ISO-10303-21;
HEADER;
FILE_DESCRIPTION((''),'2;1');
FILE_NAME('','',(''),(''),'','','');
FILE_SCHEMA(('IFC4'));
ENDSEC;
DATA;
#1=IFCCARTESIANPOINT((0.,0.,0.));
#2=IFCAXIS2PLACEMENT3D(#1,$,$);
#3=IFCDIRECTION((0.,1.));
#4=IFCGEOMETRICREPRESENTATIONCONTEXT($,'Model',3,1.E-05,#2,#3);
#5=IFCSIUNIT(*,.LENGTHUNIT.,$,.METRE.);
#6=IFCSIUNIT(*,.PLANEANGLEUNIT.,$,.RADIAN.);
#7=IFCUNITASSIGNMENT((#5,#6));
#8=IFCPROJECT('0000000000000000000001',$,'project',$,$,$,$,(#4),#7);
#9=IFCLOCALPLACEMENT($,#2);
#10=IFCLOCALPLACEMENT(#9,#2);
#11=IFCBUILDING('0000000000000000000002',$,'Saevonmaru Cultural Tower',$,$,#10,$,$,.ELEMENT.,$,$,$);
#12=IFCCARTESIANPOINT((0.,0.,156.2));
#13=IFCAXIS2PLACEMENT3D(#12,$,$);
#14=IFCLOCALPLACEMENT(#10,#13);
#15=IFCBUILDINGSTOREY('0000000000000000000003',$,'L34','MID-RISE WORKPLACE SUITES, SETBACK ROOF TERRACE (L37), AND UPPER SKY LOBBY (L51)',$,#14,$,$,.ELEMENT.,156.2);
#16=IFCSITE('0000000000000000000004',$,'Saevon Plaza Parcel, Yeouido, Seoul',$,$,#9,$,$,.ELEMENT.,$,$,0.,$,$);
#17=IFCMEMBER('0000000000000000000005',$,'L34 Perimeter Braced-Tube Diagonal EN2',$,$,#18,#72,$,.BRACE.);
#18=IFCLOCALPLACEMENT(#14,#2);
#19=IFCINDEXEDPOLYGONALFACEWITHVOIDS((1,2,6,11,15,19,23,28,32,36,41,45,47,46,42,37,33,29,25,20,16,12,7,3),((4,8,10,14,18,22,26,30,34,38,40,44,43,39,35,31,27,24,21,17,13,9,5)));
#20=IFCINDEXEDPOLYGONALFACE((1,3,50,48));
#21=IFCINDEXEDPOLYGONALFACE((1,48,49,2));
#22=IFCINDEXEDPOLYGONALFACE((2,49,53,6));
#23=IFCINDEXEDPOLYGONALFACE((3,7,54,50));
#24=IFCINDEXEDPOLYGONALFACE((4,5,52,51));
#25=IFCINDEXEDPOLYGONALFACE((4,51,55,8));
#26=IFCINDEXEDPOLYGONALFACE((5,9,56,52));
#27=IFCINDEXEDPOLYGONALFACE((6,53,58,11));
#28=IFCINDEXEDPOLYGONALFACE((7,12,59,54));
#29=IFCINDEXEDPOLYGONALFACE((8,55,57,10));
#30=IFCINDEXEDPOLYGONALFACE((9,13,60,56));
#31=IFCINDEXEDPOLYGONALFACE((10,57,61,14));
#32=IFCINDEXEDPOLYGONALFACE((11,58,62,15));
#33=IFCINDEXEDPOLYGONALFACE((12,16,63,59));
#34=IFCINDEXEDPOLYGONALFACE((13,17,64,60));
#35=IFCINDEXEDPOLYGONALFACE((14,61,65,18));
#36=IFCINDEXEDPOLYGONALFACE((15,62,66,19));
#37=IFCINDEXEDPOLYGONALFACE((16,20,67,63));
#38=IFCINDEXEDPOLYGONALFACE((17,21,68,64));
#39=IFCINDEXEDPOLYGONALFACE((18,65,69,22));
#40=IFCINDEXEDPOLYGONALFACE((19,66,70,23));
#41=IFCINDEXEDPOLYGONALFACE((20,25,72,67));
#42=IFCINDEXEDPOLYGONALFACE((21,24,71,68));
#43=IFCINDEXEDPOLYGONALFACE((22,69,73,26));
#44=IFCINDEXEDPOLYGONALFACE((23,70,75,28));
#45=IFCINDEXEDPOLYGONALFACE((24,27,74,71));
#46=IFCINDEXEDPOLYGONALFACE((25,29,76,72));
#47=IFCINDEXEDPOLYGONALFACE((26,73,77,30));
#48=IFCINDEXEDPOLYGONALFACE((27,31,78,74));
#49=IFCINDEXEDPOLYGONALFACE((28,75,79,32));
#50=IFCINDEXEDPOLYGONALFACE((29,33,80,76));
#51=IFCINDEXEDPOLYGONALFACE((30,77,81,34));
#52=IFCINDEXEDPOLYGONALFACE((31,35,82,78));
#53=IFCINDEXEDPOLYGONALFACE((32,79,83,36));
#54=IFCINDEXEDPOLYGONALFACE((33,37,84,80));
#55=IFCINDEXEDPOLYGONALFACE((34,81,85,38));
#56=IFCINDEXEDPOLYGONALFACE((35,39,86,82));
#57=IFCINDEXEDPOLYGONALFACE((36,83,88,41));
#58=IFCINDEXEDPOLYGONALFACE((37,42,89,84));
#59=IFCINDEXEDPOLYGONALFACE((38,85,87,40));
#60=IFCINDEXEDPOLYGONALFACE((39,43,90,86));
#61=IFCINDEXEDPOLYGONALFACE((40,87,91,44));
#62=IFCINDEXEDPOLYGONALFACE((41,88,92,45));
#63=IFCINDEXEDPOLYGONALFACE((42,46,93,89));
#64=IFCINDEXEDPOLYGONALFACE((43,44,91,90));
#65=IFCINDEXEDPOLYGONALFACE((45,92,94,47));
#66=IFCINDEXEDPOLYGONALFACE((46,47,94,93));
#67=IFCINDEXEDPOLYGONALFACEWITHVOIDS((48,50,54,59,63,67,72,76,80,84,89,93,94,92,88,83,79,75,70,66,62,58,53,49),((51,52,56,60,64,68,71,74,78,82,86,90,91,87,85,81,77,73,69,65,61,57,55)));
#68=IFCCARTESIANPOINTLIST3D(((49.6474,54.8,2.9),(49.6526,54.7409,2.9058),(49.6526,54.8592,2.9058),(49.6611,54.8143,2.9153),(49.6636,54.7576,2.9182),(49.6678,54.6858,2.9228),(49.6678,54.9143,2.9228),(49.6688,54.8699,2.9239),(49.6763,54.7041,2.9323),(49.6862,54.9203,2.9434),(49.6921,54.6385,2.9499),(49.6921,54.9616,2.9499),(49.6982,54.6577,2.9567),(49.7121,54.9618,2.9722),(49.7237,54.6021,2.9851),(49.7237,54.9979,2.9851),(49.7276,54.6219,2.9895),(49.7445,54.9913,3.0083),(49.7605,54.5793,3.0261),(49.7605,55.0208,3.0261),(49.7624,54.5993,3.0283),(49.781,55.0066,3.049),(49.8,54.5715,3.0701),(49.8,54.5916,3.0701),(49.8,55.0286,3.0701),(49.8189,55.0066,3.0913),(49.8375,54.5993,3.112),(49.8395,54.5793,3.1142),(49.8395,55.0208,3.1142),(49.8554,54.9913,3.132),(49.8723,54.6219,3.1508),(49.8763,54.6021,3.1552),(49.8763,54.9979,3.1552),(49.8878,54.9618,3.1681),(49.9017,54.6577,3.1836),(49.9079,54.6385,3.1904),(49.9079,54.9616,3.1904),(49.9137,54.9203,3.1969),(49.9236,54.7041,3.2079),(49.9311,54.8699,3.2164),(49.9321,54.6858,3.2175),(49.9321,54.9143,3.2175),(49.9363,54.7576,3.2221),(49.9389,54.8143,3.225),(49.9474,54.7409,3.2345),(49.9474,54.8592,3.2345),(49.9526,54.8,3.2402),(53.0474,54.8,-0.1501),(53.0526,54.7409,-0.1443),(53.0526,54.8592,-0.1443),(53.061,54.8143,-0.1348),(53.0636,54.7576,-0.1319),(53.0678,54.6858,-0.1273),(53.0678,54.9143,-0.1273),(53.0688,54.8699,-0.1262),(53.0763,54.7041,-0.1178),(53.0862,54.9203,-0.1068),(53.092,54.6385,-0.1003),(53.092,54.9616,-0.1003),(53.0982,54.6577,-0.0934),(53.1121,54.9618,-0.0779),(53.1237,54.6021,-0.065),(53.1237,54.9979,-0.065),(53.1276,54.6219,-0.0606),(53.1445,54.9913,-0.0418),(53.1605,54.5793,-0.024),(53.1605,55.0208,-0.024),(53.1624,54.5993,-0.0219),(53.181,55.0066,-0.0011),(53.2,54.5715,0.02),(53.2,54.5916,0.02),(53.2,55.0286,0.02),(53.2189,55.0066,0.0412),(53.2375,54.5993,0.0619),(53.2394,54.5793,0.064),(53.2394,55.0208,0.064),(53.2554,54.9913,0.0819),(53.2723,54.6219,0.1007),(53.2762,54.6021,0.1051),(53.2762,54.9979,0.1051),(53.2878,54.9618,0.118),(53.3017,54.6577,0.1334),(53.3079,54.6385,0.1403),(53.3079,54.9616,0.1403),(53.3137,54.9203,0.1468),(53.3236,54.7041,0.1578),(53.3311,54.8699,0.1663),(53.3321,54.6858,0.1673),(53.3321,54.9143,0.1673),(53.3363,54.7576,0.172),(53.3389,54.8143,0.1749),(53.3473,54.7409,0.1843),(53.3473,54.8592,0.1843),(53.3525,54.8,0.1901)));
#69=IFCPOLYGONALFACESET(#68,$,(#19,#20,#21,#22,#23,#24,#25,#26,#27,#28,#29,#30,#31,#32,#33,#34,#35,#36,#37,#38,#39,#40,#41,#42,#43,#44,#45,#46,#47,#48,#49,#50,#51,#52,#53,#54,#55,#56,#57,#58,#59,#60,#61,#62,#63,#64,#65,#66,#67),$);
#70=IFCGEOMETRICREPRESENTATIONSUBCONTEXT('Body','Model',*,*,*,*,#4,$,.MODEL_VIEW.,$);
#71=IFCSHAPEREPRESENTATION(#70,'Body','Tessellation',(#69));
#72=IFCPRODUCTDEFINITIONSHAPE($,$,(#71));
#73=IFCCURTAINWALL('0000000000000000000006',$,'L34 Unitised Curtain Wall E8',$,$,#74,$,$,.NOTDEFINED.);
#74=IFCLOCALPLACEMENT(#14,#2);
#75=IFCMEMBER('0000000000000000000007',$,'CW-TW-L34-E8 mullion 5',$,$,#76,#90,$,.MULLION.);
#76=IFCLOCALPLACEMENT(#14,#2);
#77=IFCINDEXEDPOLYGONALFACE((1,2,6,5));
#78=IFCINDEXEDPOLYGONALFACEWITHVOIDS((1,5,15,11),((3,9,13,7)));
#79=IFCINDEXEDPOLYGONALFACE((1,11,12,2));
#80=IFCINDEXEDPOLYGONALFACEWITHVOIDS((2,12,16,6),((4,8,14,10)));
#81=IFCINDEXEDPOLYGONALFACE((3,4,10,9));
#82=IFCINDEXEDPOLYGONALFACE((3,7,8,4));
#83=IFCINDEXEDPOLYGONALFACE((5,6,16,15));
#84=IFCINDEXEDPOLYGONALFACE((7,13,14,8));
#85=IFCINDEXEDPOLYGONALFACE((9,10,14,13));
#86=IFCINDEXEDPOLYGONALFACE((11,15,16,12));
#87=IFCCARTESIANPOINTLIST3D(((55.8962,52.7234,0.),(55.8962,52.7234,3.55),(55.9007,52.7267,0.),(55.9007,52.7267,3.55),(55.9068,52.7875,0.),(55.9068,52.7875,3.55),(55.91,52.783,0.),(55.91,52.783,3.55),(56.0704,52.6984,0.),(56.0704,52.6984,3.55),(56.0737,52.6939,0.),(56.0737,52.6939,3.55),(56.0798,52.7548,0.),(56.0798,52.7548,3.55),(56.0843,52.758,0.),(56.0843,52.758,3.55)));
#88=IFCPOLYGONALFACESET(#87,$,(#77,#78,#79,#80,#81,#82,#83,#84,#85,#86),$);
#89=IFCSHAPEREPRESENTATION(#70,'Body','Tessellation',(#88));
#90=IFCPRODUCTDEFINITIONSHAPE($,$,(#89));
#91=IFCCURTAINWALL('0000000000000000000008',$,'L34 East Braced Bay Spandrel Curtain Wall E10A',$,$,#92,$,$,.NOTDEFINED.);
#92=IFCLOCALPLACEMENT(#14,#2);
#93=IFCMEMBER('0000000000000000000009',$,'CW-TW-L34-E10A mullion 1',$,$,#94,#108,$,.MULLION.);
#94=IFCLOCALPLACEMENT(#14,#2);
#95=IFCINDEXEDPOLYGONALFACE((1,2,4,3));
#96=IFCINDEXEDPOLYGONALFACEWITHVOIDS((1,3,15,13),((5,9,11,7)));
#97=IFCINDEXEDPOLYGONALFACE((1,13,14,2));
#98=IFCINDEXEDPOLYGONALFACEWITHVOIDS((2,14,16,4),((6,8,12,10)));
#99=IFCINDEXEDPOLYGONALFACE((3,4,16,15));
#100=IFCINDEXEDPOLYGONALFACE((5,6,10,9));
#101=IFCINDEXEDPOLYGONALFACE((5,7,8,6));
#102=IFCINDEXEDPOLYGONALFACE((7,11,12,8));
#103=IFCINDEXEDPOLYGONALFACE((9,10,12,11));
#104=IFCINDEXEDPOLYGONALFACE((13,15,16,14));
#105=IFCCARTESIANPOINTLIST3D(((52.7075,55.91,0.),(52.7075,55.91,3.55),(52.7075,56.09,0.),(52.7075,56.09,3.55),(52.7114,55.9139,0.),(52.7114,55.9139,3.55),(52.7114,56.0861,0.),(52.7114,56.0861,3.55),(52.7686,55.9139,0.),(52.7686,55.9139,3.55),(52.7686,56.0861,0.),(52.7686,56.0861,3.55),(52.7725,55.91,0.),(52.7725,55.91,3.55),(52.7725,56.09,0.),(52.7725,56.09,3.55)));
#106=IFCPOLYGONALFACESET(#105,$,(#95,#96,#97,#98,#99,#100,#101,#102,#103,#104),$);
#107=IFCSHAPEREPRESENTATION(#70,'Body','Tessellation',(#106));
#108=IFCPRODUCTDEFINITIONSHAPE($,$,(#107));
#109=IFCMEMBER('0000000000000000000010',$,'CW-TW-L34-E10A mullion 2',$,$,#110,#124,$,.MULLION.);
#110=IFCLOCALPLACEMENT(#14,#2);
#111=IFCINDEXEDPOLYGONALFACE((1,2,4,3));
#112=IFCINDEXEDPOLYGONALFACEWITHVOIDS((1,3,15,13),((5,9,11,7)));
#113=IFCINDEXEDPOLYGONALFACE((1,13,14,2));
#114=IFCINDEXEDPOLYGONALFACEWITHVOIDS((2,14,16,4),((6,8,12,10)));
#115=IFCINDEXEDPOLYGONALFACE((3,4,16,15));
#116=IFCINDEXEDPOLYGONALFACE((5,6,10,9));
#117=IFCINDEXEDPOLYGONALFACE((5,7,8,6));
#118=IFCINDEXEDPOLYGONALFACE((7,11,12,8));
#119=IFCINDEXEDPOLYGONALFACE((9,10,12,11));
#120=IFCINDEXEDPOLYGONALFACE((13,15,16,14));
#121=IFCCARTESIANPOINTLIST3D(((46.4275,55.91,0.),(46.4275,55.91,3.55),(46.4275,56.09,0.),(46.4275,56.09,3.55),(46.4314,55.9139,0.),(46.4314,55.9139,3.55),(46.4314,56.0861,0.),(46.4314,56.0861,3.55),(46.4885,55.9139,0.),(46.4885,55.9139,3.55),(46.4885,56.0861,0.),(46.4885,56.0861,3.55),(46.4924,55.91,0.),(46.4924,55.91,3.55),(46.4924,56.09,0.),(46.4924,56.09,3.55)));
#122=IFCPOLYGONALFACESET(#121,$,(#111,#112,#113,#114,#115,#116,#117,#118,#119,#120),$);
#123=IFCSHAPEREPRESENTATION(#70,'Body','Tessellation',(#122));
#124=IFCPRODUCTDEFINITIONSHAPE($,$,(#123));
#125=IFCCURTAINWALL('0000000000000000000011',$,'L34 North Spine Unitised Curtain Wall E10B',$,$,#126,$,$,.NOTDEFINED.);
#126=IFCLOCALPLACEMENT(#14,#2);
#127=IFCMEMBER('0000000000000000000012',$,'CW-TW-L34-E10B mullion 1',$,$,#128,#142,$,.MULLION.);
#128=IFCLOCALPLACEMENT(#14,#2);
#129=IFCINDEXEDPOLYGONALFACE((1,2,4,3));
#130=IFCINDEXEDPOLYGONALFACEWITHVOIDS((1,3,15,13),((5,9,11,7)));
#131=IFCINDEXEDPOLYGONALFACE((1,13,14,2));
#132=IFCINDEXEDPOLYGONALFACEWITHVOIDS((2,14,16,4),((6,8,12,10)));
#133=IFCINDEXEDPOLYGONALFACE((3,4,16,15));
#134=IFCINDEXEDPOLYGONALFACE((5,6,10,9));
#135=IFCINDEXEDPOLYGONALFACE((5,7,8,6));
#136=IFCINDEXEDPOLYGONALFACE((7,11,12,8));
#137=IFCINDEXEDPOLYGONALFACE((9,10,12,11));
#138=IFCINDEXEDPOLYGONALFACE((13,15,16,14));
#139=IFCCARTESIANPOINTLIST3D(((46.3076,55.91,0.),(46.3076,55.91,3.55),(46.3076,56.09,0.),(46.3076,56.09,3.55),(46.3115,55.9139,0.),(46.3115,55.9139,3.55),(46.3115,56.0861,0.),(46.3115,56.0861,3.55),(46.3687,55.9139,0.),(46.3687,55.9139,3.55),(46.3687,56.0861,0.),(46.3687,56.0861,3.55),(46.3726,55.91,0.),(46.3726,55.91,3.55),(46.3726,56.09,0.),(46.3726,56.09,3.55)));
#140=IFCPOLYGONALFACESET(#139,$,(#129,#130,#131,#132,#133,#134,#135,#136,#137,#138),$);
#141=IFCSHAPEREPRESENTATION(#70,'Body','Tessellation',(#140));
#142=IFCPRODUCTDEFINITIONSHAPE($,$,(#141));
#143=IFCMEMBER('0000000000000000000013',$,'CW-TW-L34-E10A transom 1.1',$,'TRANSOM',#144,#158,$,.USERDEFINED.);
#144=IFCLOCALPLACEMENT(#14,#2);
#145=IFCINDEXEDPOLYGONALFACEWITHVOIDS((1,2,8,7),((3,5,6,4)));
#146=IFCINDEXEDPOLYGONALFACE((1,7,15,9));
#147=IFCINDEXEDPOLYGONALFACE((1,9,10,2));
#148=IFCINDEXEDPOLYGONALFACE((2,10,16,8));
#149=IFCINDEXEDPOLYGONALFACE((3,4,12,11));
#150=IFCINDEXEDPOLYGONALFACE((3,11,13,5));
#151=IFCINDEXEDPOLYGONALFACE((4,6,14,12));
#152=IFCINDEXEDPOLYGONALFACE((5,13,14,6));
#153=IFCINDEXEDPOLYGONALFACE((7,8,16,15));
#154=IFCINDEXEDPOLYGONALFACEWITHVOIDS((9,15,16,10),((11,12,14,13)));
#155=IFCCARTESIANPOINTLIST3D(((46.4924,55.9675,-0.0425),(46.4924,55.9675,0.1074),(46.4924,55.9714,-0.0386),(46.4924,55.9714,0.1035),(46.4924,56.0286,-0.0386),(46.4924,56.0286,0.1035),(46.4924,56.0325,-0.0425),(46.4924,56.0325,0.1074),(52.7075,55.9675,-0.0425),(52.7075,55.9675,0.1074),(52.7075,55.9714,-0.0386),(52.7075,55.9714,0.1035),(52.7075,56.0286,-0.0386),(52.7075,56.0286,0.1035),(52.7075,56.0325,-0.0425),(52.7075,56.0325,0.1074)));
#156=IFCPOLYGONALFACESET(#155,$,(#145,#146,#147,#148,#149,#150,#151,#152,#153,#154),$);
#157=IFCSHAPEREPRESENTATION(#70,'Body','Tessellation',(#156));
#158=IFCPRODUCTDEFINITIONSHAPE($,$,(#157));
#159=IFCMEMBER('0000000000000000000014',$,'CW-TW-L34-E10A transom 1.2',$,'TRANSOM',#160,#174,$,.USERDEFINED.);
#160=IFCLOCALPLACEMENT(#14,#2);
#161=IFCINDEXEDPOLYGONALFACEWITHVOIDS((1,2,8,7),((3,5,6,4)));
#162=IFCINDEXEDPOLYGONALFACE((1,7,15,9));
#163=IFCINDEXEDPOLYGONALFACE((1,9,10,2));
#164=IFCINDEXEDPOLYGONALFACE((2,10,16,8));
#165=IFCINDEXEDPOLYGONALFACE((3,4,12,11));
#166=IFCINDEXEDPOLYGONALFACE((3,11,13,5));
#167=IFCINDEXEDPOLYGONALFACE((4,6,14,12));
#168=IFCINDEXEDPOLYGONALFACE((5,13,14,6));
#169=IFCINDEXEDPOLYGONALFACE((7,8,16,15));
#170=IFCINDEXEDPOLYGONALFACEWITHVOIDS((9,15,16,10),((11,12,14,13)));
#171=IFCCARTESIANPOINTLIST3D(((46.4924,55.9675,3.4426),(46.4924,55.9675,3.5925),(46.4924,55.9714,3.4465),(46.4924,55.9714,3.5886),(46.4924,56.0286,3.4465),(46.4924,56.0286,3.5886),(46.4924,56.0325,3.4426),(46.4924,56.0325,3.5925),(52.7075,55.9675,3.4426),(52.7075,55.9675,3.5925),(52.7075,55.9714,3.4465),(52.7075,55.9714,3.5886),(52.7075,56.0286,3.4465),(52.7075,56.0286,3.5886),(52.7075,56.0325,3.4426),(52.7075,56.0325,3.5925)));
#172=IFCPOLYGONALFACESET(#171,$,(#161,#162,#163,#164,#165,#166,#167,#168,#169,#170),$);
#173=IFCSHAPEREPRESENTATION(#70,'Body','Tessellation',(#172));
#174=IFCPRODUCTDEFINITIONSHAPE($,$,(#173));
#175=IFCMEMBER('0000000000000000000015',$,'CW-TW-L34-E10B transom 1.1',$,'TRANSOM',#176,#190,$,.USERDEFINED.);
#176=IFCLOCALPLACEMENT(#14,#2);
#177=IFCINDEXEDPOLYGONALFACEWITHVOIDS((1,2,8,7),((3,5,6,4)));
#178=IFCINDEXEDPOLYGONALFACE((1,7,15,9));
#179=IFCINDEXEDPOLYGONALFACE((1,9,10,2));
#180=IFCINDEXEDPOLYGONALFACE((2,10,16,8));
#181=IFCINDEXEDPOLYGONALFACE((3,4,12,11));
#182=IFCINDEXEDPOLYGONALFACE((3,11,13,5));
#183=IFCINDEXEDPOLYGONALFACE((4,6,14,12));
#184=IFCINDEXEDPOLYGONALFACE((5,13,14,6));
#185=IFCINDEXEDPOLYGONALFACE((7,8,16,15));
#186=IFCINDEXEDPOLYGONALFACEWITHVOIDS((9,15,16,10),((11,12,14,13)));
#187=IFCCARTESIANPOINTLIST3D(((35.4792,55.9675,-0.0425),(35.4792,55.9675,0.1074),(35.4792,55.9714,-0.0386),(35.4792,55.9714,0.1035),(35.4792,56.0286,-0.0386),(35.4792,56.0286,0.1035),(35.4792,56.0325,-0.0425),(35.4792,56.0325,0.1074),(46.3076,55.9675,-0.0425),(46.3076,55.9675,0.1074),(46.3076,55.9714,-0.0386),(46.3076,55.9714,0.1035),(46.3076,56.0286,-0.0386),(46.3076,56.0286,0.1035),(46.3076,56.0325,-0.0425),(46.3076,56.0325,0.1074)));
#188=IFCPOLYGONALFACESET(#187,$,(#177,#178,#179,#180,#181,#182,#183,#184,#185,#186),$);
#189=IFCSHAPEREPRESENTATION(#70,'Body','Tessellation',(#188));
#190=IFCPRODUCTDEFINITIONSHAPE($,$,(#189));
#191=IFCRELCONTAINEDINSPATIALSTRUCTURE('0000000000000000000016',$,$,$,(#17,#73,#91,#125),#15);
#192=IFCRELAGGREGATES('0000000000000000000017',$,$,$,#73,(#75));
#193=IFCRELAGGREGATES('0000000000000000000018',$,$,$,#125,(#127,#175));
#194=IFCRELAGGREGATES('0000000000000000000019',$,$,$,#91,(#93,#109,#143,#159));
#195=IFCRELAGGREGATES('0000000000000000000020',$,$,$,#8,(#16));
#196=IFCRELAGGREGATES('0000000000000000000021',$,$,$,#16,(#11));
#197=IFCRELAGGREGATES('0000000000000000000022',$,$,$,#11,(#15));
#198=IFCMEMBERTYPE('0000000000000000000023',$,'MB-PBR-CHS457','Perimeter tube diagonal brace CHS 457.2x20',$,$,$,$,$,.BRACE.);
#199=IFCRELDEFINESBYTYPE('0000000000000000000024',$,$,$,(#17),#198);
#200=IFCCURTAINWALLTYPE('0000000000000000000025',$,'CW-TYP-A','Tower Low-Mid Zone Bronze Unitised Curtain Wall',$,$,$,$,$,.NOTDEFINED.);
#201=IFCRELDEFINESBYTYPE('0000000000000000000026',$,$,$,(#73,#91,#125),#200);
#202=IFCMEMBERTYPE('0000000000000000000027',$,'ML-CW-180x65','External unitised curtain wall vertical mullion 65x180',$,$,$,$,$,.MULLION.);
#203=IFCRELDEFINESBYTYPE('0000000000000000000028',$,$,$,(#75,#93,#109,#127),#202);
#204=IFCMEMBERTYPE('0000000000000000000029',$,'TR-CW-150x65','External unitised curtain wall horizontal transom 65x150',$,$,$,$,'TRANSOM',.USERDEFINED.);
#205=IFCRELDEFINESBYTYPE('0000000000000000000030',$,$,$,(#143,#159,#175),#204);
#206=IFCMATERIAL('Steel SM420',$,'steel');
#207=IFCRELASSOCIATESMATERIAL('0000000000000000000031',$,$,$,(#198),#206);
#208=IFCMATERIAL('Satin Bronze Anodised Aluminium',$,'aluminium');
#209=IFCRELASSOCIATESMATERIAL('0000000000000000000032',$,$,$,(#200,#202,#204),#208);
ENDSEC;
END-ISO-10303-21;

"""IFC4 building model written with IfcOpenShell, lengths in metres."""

from ifc_helpers import new_model, si_unit, direction, frame, origin, origin_2d, place, context, subcontext, project, spatial, hollow_rectangle, hollow_circle, extrude, material, material_profile, profile_set, type_object, element, aggregate, save


model = new_model("IFC4")

# Units and contexts
model_context = context("Model", 3, precision=1e-05, world=origin(), true_north=direction((0.0, 1.0)))
body_context = subcontext(model_context, "Body", "Model", "MODEL_VIEW")
ifc_project = project(units=[si_unit("LENGTHUNIT", "METRE"), si_unit("PLANEANGLEUNIT", "RADIAN")], contexts=[model_context])

# Site, building, storey
site_placement = place(None, origin())
site = spatial("IfcSite", under=ifc_project, at=site_placement, Name="Saevon Plaza Parcel, Yeouido, Seoul", CompositionType="ELEMENT", RefElevation=0.0)
building_placement = place(site_placement, origin())
building = spatial("IfcBuilding", under=site, at=building_placement, Name="Saevonmaru Cultural Tower", CompositionType="ELEMENT")
storey_placement = place(building_placement, frame((0.0, 0.0, 156.2)))
storey = spatial("IfcBuildingStorey", under=building, at=storey_placement, Name="L34", Description="MID-RISE WORKPLACE SUITES, SETBACK ROOF TERRACE (L37), AND UPPER SKY LOBBY (L51)", CompositionType="ELEMENT", Elevation=156.2)

# Shared definitions
ifc_material_1 = material(Name="Steel SM420", Category="steel")

# Member
ifc_material_profile_1 = material_profile(ifc_material_1, hollow_circle(Radius=0.2285, WallThickness=0.02, at=origin_2d()), Name="CHS-457.2x20")
ifc_profile_set_1 = profile_set([ifc_material_profile_1], Name="Steel SM420")
member_type_1 = type_object("IfcMemberType", Name="MB-PBR-CHS457", Description="Perimeter tube diagonal brace CHS 457.2x20", PredefinedType="BRACE", material=ifc_profile_set_1)
for number, where, z_axis, x_axis, name in (
    (1, (53.2, 54.8, 0.02), (-0.744367, 0.0, 0.667771), (0.0, -1.0, 0.0), "L34 Perimeter Braced-Tube Diagonal EN2"),
):
    element("IfcMember", number, at=place(storey_placement, frame(where, z_axis=z_axis, x_axis=x_axis)), inside=storey, type_object=member_type_1, Name=name, PredefinedType="BRACE", context=body_context, shape_type="SweptSolid", body=[
        extrude(hollow_circle(Radius=0.2285, WallThickness=0.02, at=origin_2d()), origin(), (0.0, 0.0, 1.0), 4.5676),
    ])

# Curtain wall, member
ifc_material_2 = material(Name="Satin Bronze Anodised Aluminium", Category="aluminium")
curtain_wall_type = type_object("IfcCurtainWallType", Name="CW-TYP-A", Description="Tower Low-Mid Zone Bronze Unitised Curtain Wall", PredefinedType="NOTDEFINED", material=ifc_material_2)
curtain_wall_1_placement = place(storey_placement, origin())
curtain_wall_1 = element("IfcCurtainWall", 2, at=curtain_wall_1_placement, inside=storey, type_object=curtain_wall_type, Name="L34 Unitised Curtain Wall E8", PredefinedType="NOTDEFINED")
ifc_material_profile_2 = material_profile(ifc_material_2, hollow_rectangle(XDim=0.0649, YDim=0.1799, WallThickness=0.0039, at=origin_2d()), Name="ALU-MULL-180x65x4")
ifc_profile_set_2 = profile_set([ifc_material_profile_2], Name="Satin Bronze Anodised Aluminium")
member_type_2 = type_object("IfcMemberType", Name="ML-CW-180x65", Description="External unitised curtain wall vertical mullion 65x180", PredefinedType="MULLION", material=ifc_profile_set_2)
member_1_placement = place(storey_placement, frame((55.9902, 52.7407, 0.0), z_axis=(0.0, 0.0, 1.0), x_axis=(0.163999, 0.986461, 0.0)))
member_1 = element("IfcMember", 3, at=member_1_placement, type_object=member_type_2, Name="CW-TW-L34-E8 mullion 5", PredefinedType="MULLION", context=body_context, shape_type="SweptSolid", body=[
    extrude(hollow_rectangle(XDim=0.0649, YDim=0.1799, WallThickness=0.0039, at=origin_2d()), origin(), (0.0, 0.0, 1.0), 3.55),
])
aggregate(curtain_wall_1, [member_1])

# Curtain wall, members
curtain_wall_2_placement = place(storey_placement, origin())
curtain_wall_2 = element("IfcCurtainWall", 4, at=curtain_wall_2_placement, inside=storey, type_object=curtain_wall_type, Name="L34 East Braced Bay Spandrel Curtain Wall E10A", PredefinedType="NOTDEFINED")
member_2_placement = place(storey_placement, frame((52.74, 56.0, 0.0), z_axis=(0.0, 0.0, 1.0), x_axis=(-1.0, 0.0, 0.0)))
member_2 = element("IfcMember", 5, at=member_2_placement, type_object=member_type_2, Name="CW-TW-L34-E10A mullion 1", PredefinedType="MULLION", context=body_context, shape_type="SweptSolid", body=[
    extrude(hollow_rectangle(XDim=0.0649, YDim=0.1799, WallThickness=0.0039, at=origin_2d()), origin(), (0.0, 0.0, 1.0), 3.55),
])
member_3_placement = place(storey_placement, frame((46.46, 56.0, 0.0), z_axis=(0.0, 0.0, 1.0), x_axis=(-1.0, 0.0, 0.0)))
member_3 = element("IfcMember", 6, at=member_3_placement, type_object=member_type_2, Name="CW-TW-L34-E10A mullion 2", PredefinedType="MULLION", context=body_context, shape_type="SweptSolid", body=[
    extrude(hollow_rectangle(XDim=0.0649, YDim=0.1799, WallThickness=0.0039, at=origin_2d()), origin(), (0.0, 0.0, 1.0), 3.55),
])

# Curtain wall, member
curtain_wall_3_placement = place(storey_placement, origin())
curtain_wall_3 = element("IfcCurtainWall", 7, at=curtain_wall_3_placement, inside=storey, type_object=curtain_wall_type, Name="L34 North Spine Unitised Curtain Wall E10B", PredefinedType="NOTDEFINED")
member_4_placement = place(storey_placement, frame((46.3401, 56.0, 0.0), z_axis=(0.0, 0.0, 1.0), x_axis=(-1.0, 0.0, 0.0)))
member_4 = element("IfcMember", 8, at=member_4_placement, type_object=member_type_2, Name="CW-TW-L34-E10B mullion 1", PredefinedType="MULLION", context=body_context, shape_type="SweptSolid", body=[
    extrude(hollow_rectangle(XDim=0.0649, YDim=0.1799, WallThickness=0.0039, at=origin_2d()), origin(), (0.0, 0.0, 1.0), 3.55),
])

# Members
ifc_material_profile_3 = material_profile(ifc_material_2, hollow_rectangle(XDim=0.0649, YDim=0.1499, WallThickness=0.0039, at=origin_2d()), Name="ALU-TRAN-150x65x4")
ifc_profile_set_3 = profile_set([ifc_material_profile_3], Name="Satin Bronze Anodised Aluminium")
member_type_3 = type_object("IfcMemberType", Name="TR-CW-150x65", Description="External unitised curtain wall horizontal transom 65x150", ElementType="TRANSOM", PredefinedType="USERDEFINED", material=ifc_profile_set_3)
member_5_placement = place(storey_placement, frame((52.7075, 56.0, 0.0325), z_axis=(-1.0, 0.0, 0.0), x_axis=(0.0, -1.0, 0.0)))
member_5 = element("IfcMember", 9, at=member_5_placement, type_object=member_type_3, Name="CW-TW-L34-E10A transom 1.1", ObjectType="TRANSOM", PredefinedType="USERDEFINED", context=body_context, shape_type="SweptSolid", body=[
    extrude(hollow_rectangle(XDim=0.0649, YDim=0.1499, WallThickness=0.0039, at=origin_2d()), origin(), (0.0, 0.0, 1.0), 6.2151),
])
member_6_placement = place(storey_placement, frame((52.7075, 56.0, 3.5176), z_axis=(-1.0, 0.0, 0.0), x_axis=(0.0, -1.0, 0.0)))
member_6 = element("IfcMember", 10, at=member_6_placement, type_object=member_type_3, Name="CW-TW-L34-E10A transom 1.2", ObjectType="TRANSOM", PredefinedType="USERDEFINED", context=body_context, shape_type="SweptSolid", body=[
    extrude(hollow_rectangle(XDim=0.0649, YDim=0.1499, WallThickness=0.0039, at=origin_2d()), origin(), (0.0, 0.0, 1.0), 6.2151),
])
member_7_placement = place(storey_placement, frame((46.3076, 56.0, 0.0325), z_axis=(-1.0, 0.0, 0.0), x_axis=(0.0, -1.0, 0.0)))
member_7 = element("IfcMember", 11, at=member_7_placement, type_object=member_type_3, Name="CW-TW-L34-E10B transom 1.1", ObjectType="TRANSOM", PredefinedType="USERDEFINED", context=body_context, shape_type="SweptSolid", body=[
    extrude(hollow_rectangle(XDim=0.0649, YDim=0.1499, WallThickness=0.0039, at=origin_2d()), origin(), (0.0, 0.0, 1.0), 10.8284),
])
aggregate(curtain_wall_3, [member_4, member_7])

aggregate(curtain_wall_2, [member_2, member_3, member_5, member_6])

save(model, "model.ifc")
